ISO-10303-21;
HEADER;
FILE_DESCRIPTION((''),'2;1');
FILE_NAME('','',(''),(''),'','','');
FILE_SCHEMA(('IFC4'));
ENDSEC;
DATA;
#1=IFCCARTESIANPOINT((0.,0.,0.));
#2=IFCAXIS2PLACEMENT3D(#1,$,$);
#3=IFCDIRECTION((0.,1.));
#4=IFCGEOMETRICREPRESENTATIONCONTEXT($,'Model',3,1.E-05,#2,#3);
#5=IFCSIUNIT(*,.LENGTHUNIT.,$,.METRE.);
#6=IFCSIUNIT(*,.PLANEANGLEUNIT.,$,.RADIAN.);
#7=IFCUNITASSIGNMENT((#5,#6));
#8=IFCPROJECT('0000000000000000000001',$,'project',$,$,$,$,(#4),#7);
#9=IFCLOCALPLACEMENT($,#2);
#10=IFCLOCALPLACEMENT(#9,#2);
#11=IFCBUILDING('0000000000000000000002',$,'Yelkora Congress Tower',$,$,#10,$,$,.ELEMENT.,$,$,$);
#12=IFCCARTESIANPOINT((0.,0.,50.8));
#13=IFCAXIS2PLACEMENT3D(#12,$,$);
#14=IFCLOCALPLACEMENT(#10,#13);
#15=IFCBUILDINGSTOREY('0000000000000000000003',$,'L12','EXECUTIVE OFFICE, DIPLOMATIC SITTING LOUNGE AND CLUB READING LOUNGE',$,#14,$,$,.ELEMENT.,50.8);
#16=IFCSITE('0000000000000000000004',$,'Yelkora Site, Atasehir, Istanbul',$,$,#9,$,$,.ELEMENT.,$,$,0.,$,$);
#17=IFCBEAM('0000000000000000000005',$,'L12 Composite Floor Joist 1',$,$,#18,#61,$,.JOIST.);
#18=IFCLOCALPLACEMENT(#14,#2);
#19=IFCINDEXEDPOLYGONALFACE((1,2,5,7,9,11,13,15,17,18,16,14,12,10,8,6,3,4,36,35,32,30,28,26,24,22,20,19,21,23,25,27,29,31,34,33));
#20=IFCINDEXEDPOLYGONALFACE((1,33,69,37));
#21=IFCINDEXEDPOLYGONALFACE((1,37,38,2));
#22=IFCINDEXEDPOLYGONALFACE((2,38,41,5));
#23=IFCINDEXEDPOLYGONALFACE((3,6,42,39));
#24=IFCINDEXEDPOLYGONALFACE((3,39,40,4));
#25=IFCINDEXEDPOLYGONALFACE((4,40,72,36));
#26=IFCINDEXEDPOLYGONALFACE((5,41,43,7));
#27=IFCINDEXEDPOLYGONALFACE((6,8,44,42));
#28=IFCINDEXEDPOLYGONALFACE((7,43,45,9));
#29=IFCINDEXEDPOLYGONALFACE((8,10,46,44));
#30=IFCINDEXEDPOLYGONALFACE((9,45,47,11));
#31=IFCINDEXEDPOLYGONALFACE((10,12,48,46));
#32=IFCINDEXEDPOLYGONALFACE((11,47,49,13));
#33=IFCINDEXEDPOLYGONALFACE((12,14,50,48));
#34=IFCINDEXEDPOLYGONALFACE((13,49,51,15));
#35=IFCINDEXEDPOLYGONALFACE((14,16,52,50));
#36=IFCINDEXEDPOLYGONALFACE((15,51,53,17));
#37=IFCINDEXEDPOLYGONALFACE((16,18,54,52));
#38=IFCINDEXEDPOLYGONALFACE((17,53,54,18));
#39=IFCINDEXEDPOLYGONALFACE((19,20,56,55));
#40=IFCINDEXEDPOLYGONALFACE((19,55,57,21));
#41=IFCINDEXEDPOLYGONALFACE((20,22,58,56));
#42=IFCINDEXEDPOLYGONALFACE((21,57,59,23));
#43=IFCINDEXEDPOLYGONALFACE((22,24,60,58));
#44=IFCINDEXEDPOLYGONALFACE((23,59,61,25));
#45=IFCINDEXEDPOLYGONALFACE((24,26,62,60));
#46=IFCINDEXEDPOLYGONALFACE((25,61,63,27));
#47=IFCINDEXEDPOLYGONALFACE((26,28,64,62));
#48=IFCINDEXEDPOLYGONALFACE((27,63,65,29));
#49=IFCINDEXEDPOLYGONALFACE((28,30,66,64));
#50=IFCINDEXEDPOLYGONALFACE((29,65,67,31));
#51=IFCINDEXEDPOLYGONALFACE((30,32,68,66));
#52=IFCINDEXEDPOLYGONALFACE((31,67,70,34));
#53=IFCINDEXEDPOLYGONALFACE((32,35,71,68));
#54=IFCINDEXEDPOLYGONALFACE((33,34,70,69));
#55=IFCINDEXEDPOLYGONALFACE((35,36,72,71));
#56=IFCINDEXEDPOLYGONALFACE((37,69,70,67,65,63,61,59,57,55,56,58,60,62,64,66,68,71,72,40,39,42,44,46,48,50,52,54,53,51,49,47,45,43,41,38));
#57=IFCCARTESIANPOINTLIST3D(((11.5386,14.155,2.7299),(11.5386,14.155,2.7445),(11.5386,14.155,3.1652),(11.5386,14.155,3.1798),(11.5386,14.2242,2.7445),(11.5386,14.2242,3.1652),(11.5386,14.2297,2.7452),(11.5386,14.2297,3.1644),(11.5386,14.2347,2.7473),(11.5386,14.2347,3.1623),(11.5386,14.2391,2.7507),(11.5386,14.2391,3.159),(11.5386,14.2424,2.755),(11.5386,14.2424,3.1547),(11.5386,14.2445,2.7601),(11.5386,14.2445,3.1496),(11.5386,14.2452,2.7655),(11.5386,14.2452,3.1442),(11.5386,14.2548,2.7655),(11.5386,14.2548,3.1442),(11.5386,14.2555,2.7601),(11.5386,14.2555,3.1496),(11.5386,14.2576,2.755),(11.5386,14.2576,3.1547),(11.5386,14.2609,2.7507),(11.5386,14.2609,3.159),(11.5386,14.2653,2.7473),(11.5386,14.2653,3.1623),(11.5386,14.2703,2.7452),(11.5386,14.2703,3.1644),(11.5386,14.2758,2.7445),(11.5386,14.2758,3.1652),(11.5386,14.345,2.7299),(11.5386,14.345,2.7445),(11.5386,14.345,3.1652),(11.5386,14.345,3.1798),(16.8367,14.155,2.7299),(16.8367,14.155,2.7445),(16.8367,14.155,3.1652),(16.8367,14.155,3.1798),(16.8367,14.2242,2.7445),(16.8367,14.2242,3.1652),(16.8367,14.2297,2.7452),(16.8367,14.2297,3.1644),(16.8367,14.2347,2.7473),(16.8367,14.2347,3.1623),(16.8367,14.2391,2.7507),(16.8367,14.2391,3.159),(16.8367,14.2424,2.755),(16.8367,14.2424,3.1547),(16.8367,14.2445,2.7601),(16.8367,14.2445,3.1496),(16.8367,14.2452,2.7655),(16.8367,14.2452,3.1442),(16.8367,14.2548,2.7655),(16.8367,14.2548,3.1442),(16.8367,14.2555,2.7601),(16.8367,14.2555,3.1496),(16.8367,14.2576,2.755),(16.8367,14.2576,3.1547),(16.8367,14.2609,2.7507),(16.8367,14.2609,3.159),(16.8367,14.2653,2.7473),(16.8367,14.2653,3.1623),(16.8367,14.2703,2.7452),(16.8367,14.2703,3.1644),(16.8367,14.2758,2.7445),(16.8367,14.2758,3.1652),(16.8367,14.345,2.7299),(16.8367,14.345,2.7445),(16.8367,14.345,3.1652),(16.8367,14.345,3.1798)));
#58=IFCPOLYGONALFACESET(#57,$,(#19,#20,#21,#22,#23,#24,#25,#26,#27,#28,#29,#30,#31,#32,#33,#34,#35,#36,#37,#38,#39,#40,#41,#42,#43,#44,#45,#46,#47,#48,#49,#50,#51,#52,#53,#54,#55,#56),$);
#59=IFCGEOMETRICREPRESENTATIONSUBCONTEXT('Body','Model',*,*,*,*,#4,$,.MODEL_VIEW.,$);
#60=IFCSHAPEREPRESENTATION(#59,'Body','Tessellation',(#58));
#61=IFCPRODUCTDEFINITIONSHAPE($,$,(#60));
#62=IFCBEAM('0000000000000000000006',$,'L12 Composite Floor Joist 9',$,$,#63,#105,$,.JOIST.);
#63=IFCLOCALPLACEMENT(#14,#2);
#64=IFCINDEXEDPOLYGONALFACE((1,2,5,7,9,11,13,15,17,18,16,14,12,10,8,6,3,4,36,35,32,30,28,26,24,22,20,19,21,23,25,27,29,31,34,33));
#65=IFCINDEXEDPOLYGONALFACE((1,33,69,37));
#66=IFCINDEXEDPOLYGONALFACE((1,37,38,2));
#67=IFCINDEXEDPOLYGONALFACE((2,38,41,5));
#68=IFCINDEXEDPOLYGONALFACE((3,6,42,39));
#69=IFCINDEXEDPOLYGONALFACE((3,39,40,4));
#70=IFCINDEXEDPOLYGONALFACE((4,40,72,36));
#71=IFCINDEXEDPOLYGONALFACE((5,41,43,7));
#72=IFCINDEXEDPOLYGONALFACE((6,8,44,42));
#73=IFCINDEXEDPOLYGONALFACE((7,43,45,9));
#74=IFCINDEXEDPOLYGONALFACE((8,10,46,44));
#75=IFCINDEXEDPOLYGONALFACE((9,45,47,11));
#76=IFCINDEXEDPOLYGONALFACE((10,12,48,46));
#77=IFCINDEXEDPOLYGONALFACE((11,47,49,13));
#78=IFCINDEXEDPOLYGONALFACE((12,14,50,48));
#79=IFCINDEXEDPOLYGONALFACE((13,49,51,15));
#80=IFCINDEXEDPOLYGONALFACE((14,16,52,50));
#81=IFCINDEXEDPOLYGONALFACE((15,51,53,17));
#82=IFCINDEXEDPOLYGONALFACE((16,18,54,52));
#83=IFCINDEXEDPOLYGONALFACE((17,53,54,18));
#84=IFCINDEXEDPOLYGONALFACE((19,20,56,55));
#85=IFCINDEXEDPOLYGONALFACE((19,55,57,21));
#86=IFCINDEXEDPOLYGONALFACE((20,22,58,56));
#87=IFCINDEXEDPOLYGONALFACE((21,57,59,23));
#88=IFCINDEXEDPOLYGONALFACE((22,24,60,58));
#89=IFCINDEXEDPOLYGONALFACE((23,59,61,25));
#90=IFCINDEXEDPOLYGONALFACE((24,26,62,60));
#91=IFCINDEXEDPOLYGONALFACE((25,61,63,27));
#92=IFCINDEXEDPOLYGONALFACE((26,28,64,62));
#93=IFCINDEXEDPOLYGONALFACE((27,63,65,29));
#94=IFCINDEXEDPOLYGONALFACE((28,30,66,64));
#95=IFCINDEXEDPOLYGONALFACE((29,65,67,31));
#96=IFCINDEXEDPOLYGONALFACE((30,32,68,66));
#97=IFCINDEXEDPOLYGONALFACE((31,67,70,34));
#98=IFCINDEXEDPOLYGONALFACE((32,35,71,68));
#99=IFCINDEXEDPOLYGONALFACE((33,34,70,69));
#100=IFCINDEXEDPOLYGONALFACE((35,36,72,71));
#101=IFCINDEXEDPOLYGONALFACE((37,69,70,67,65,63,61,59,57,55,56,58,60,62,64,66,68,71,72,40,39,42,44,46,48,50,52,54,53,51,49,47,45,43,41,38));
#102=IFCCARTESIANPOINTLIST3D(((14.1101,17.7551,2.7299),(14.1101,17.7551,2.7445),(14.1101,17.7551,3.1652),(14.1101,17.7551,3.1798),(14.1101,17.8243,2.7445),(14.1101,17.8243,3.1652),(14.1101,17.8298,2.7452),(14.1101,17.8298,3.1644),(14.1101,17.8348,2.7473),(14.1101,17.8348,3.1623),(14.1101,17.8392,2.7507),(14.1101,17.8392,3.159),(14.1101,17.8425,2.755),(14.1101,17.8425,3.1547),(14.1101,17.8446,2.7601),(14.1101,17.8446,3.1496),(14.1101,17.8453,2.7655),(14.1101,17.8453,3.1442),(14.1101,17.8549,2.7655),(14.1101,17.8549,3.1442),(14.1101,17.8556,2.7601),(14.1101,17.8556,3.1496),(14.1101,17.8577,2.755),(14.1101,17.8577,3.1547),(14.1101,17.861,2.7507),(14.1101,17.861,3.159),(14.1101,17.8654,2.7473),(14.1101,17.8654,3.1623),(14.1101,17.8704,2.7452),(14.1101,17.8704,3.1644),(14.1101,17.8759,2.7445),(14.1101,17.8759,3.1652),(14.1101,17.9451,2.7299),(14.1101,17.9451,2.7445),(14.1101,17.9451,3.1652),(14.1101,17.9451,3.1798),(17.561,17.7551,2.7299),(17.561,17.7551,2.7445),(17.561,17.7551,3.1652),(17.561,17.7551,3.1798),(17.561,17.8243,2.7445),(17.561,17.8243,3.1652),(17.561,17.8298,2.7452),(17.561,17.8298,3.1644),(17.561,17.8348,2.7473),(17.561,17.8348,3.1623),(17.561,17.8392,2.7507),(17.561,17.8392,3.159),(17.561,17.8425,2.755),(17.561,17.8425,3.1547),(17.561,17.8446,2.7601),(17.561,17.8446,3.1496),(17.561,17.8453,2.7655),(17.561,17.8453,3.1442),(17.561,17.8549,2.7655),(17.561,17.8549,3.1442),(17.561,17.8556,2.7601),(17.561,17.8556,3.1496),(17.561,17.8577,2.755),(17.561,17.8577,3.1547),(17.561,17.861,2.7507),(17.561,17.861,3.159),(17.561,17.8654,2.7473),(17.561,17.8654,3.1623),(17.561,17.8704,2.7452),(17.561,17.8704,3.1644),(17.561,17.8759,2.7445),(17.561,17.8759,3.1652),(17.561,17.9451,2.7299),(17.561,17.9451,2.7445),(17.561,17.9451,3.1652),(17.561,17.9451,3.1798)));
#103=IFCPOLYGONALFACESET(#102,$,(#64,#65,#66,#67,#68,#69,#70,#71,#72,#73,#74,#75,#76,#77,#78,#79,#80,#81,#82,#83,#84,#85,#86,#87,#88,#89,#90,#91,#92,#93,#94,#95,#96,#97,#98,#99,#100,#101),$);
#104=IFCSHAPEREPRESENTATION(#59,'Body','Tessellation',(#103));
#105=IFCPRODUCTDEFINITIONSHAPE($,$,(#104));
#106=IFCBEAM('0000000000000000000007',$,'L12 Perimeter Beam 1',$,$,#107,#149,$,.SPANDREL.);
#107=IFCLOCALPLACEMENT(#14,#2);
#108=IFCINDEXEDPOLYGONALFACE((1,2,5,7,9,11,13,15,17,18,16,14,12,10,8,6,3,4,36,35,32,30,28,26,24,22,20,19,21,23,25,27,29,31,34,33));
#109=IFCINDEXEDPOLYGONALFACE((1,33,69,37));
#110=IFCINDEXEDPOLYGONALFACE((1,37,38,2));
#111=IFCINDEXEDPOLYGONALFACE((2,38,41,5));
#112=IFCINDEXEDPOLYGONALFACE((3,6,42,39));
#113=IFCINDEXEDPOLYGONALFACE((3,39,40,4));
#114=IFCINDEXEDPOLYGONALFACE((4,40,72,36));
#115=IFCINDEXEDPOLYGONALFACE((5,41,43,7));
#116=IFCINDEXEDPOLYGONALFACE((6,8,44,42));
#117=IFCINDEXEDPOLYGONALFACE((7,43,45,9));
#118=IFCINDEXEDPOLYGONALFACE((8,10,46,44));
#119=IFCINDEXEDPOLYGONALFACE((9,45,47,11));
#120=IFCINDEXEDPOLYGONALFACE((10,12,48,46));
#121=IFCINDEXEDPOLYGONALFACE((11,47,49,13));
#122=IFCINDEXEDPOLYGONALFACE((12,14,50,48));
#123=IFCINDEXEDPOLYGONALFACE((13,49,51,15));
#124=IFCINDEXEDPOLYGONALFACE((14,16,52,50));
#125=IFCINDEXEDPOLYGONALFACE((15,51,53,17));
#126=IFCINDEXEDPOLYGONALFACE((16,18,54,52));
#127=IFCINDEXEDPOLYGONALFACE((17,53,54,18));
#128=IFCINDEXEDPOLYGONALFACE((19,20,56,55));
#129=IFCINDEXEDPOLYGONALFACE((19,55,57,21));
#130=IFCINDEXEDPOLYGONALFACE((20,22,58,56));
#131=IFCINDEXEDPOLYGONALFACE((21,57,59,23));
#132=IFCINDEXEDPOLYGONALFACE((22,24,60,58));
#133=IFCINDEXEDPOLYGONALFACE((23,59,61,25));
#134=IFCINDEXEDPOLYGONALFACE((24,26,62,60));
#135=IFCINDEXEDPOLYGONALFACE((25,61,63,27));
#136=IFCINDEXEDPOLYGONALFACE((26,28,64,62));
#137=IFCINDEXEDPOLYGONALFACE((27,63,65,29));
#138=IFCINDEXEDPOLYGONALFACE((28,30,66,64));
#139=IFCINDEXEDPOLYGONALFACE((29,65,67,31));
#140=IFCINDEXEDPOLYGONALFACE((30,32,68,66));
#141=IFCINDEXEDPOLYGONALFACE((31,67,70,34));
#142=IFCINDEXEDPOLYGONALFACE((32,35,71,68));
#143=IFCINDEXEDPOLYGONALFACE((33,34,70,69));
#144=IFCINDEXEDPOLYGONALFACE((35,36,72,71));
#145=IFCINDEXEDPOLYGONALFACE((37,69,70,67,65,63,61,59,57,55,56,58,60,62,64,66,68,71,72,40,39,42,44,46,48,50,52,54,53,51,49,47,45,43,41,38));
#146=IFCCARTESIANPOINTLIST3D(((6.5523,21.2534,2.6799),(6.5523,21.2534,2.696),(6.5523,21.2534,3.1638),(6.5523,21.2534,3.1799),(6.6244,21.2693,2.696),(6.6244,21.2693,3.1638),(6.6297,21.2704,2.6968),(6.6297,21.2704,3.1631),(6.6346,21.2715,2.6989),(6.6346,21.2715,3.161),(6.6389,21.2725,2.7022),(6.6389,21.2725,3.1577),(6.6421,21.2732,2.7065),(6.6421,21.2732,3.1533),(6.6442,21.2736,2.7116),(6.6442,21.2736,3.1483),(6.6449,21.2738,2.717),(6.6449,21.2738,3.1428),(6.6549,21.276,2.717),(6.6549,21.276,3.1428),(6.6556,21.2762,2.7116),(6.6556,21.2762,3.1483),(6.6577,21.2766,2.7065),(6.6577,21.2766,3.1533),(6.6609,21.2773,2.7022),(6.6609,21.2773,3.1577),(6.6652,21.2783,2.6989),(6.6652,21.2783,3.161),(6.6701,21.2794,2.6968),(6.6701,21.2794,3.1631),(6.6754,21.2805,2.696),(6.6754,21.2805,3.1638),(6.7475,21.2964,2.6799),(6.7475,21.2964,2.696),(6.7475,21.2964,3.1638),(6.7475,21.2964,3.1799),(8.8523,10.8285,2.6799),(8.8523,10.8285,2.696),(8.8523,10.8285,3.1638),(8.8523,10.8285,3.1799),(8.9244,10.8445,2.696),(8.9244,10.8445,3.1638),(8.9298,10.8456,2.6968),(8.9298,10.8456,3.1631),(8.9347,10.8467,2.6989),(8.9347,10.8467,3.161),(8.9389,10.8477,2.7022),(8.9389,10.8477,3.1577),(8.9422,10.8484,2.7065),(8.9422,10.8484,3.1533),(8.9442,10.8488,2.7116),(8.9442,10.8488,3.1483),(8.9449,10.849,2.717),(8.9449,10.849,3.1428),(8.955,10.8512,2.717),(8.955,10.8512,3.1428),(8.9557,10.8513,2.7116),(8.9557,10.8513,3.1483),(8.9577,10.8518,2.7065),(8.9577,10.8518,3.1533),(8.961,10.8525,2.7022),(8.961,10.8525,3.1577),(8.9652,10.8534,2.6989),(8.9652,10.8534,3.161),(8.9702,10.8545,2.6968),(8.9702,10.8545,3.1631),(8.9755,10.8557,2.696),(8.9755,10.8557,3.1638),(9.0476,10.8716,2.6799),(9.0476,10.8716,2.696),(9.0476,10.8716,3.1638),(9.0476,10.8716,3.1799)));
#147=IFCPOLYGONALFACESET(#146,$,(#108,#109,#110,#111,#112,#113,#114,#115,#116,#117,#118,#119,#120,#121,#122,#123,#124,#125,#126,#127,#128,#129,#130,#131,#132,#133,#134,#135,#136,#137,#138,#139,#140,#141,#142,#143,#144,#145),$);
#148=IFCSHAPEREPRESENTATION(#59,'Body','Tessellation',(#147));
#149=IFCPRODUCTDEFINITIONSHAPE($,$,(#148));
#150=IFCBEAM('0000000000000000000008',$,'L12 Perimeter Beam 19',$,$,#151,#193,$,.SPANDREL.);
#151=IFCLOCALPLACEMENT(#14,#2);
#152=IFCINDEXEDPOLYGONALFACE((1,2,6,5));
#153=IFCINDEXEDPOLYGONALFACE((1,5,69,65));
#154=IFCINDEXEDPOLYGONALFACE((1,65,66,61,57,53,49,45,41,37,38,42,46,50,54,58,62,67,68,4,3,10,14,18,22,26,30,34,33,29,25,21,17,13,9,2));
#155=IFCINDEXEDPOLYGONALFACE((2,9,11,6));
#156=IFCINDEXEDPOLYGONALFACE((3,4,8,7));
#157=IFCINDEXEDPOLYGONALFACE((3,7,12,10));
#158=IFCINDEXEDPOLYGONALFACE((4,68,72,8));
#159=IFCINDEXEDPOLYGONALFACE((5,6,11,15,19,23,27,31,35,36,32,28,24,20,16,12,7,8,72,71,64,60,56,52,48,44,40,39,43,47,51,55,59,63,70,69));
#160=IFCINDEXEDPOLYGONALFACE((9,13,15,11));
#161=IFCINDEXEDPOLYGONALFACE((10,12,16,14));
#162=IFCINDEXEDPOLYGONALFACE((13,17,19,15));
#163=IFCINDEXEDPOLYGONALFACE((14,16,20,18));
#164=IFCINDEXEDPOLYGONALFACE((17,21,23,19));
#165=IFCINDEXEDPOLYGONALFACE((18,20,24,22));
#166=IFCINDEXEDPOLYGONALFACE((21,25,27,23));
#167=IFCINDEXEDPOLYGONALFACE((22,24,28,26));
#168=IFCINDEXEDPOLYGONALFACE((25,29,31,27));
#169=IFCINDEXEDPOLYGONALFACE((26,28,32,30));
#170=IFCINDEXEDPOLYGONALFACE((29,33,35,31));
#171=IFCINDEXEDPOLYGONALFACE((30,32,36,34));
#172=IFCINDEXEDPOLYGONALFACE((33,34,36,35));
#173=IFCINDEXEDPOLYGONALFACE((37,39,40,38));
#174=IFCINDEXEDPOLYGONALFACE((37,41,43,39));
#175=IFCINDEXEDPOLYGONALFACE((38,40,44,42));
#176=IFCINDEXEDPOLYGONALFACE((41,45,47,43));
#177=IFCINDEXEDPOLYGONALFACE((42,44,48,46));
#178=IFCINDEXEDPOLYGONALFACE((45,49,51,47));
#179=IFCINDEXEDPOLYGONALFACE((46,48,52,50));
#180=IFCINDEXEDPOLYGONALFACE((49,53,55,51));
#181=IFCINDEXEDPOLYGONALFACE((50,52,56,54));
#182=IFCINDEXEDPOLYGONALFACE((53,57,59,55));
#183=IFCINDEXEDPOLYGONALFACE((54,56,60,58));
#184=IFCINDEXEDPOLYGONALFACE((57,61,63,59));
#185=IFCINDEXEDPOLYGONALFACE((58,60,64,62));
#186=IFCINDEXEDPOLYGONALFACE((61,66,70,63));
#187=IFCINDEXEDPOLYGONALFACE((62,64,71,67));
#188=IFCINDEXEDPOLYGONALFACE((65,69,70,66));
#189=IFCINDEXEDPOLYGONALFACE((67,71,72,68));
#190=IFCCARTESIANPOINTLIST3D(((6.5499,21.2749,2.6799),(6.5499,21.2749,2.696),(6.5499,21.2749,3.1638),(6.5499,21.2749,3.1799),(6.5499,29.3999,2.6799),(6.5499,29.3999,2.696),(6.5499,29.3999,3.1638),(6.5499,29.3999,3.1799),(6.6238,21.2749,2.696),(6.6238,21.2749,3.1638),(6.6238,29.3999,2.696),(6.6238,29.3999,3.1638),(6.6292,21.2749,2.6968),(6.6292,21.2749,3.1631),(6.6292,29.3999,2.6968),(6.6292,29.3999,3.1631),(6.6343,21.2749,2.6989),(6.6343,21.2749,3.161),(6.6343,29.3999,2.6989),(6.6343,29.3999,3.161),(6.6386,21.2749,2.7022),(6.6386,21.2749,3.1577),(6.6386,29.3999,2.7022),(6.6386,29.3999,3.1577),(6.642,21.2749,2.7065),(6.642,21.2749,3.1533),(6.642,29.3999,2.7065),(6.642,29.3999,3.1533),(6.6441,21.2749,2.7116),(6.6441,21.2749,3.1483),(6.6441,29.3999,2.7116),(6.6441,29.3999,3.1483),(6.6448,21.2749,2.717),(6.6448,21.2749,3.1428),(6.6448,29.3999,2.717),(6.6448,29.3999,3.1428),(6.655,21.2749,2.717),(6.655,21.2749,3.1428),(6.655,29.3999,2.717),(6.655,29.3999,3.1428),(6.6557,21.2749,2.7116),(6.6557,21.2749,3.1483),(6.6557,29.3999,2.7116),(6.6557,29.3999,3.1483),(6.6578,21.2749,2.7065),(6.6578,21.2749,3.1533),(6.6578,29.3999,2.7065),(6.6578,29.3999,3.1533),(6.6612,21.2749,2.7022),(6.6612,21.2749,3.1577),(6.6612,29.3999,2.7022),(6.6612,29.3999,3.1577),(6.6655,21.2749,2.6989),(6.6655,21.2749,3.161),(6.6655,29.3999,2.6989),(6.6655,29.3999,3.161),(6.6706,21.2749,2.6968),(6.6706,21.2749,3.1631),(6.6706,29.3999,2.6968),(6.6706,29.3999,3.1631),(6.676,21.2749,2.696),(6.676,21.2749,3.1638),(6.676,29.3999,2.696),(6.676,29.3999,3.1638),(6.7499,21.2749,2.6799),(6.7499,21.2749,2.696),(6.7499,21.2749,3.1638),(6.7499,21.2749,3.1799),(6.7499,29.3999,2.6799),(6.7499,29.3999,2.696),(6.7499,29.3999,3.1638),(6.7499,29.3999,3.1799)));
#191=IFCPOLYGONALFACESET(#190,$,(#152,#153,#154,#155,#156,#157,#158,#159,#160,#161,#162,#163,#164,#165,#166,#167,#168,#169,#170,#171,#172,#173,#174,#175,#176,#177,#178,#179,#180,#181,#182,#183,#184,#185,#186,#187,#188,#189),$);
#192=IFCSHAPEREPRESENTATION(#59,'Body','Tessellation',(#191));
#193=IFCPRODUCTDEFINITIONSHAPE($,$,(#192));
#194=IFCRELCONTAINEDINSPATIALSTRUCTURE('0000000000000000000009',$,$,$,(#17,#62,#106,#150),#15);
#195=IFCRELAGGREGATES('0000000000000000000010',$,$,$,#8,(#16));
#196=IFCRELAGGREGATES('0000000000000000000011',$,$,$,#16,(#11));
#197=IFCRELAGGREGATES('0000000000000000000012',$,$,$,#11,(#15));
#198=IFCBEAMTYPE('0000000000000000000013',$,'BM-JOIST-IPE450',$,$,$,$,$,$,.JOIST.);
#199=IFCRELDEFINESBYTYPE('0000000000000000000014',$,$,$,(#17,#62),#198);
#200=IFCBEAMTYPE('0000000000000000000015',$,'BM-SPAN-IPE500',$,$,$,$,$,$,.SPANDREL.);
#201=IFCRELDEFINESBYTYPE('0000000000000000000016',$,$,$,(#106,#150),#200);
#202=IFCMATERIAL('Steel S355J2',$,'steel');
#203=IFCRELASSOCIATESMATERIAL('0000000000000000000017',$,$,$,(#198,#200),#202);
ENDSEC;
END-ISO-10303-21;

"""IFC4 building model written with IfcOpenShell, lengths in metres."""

from ifc_helpers import new_model, si_unit, direction, frame, origin, origin_2d, place, context, subcontext, project, spatial, i_section, extrude, material, material_profile, profile_set, type_object, element, save


model = new_model("IFC4")

# Units and contexts
model_context = context("Model", 3, precision=1e-05, world=origin(), true_north=direction((0.0, 1.0)))
body_context = subcontext(model_context, "Body", "Model", "MODEL_VIEW")
ifc_project = project(units=[si_unit("LENGTHUNIT", "METRE"), si_unit("PLANEANGLEUNIT", "RADIAN")], contexts=[model_context])

# Site, building, storey
site_placement = place(None, origin())
site = spatial("IfcSite", under=ifc_project, at=site_placement, Name="Yelkora Site, Atasehir, Istanbul", CompositionType="ELEMENT", RefElevation=0.0)
building_placement = place(site_placement, origin())
building = spatial("IfcBuilding", under=site, at=building_placement, Name="Yelkora Congress Tower", CompositionType="ELEMENT")
storey_placement = place(building_placement, frame((0.0, 0.0, 50.8)))
storey = spatial("IfcBuildingStorey", under=building, at=storey_placement, Name="L12", Description="EXECUTIVE OFFICE, DIPLOMATIC SITTING LOUNGE AND CLUB READING LOUNGE", CompositionType="ELEMENT", Elevation=50.8)

# Beams
ifc_material_1 = material(Name="Steel S355J2", Category="steel")
ifc_material_profile_1 = material_profile(ifc_material_1, i_section(OverallWidth=0.1899, OverallDepth=0.45, WebThickness=0.0095, FlangeThickness=0.0146, FilletRadius=0.021, at=origin_2d()), Name="IPE 450")
ifc_profile_set_1 = profile_set([ifc_material_profile_1], Name="Steel S355J2")
beam_type_1 = type_object("IfcBeamType", Name="BM-JOIST-IPE450", PredefinedType="JOIST", material=ifc_profile_set_1)
beam_1_placement = place(storey_placement, frame((11.5386, 14.25, 2.9548), z_axis=(1.0, 0.0, 0.0), x_axis=(0.0, 1.0, 0.0)))
element("IfcBeam", 1, at=beam_1_placement, inside=storey, type_object=beam_type_1, Name="L12 Composite Floor Joist 1", PredefinedType="JOIST", context=body_context, shape_type="SweptSolid", body=[
    extrude(i_section(OverallWidth=0.1899, OverallDepth=0.45, WebThickness=0.0095, FlangeThickness=0.0146, FilletRadius=0.021, at=origin_2d()), origin(), (0.0, 0.0, 1.0), 5.2981),
])
beam_2_placement = place(storey_placement, frame((14.1101, 17.8501, 2.9548), z_axis=(1.0, 0.0, 0.0), x_axis=(0.0, 1.0, 0.0)))
element("IfcBeam", 2, at=beam_2_placement, inside=storey, type_object=beam_type_1, Name="L12 Composite Floor Joist 9", PredefinedType="JOIST", context=body_context, shape_type="SweptSolid", body=[
    extrude(i_section(OverallWidth=0.1899, OverallDepth=0.45, WebThickness=0.0095, FlangeThickness=0.0146, FilletRadius=0.021, at=origin_2d()), origin(), (0.0, 0.0, 1.0), 3.4509),
])
ifc_material_profile_2 = material_profile(ifc_material_1, i_section(OverallWidth=0.2, OverallDepth=0.5, WebThickness=0.0103, FlangeThickness=0.0161, FilletRadius=0.021, at=origin_2d()), Name="IPE 500")
ifc_profile_set_2 = profile_set([ifc_material_profile_2], Name="Steel S355J2")
beam_type_2 = type_object("IfcBeamType", Name="BM-SPAN-IPE500", PredefinedType="SPANDREL", material=ifc_profile_set_2)
beam_3_placement = place(storey_placement, frame((6.6499, 21.2749, 2.9299), z_axis=(0.215451, -0.976515, 0.0), x_axis=(0.976515, 0.215451, 0.0)))
element("IfcBeam", 3, at=beam_3_placement, inside=storey, type_object=beam_type_2, Name="L12 Perimeter Beam 1", PredefinedType="SPANDREL", context=body_context, shape_type="SweptSolid", body=[
    extrude(i_section(OverallWidth=0.2, OverallDepth=0.5, WebThickness=0.0103, FlangeThickness=0.0161, FilletRadius=0.021, at=origin_2d()), origin(), (0.0, 0.0, 1.0), 10.6755),
])
beam_4_placement = place(storey_placement, frame((6.6499, 29.3999, 2.9299), z_axis=(0.0, -1.0, 0.0), x_axis=(1.0, 0.0, 0.0)))
element("IfcBeam", 4, at=beam_4_placement, inside=storey, type_object=beam_type_2, Name="L12 Perimeter Beam 19", PredefinedType="SPANDREL", context=body_context, shape_type="SweptSolid", body=[
    extrude(i_section(OverallWidth=0.2, OverallDepth=0.5, WebThickness=0.0103, FlangeThickness=0.0161, FilletRadius=0.021, at=origin_2d()), origin(), (0.0, 0.0, 1.0), 8.125),
])

save(model, "model.ifc")
